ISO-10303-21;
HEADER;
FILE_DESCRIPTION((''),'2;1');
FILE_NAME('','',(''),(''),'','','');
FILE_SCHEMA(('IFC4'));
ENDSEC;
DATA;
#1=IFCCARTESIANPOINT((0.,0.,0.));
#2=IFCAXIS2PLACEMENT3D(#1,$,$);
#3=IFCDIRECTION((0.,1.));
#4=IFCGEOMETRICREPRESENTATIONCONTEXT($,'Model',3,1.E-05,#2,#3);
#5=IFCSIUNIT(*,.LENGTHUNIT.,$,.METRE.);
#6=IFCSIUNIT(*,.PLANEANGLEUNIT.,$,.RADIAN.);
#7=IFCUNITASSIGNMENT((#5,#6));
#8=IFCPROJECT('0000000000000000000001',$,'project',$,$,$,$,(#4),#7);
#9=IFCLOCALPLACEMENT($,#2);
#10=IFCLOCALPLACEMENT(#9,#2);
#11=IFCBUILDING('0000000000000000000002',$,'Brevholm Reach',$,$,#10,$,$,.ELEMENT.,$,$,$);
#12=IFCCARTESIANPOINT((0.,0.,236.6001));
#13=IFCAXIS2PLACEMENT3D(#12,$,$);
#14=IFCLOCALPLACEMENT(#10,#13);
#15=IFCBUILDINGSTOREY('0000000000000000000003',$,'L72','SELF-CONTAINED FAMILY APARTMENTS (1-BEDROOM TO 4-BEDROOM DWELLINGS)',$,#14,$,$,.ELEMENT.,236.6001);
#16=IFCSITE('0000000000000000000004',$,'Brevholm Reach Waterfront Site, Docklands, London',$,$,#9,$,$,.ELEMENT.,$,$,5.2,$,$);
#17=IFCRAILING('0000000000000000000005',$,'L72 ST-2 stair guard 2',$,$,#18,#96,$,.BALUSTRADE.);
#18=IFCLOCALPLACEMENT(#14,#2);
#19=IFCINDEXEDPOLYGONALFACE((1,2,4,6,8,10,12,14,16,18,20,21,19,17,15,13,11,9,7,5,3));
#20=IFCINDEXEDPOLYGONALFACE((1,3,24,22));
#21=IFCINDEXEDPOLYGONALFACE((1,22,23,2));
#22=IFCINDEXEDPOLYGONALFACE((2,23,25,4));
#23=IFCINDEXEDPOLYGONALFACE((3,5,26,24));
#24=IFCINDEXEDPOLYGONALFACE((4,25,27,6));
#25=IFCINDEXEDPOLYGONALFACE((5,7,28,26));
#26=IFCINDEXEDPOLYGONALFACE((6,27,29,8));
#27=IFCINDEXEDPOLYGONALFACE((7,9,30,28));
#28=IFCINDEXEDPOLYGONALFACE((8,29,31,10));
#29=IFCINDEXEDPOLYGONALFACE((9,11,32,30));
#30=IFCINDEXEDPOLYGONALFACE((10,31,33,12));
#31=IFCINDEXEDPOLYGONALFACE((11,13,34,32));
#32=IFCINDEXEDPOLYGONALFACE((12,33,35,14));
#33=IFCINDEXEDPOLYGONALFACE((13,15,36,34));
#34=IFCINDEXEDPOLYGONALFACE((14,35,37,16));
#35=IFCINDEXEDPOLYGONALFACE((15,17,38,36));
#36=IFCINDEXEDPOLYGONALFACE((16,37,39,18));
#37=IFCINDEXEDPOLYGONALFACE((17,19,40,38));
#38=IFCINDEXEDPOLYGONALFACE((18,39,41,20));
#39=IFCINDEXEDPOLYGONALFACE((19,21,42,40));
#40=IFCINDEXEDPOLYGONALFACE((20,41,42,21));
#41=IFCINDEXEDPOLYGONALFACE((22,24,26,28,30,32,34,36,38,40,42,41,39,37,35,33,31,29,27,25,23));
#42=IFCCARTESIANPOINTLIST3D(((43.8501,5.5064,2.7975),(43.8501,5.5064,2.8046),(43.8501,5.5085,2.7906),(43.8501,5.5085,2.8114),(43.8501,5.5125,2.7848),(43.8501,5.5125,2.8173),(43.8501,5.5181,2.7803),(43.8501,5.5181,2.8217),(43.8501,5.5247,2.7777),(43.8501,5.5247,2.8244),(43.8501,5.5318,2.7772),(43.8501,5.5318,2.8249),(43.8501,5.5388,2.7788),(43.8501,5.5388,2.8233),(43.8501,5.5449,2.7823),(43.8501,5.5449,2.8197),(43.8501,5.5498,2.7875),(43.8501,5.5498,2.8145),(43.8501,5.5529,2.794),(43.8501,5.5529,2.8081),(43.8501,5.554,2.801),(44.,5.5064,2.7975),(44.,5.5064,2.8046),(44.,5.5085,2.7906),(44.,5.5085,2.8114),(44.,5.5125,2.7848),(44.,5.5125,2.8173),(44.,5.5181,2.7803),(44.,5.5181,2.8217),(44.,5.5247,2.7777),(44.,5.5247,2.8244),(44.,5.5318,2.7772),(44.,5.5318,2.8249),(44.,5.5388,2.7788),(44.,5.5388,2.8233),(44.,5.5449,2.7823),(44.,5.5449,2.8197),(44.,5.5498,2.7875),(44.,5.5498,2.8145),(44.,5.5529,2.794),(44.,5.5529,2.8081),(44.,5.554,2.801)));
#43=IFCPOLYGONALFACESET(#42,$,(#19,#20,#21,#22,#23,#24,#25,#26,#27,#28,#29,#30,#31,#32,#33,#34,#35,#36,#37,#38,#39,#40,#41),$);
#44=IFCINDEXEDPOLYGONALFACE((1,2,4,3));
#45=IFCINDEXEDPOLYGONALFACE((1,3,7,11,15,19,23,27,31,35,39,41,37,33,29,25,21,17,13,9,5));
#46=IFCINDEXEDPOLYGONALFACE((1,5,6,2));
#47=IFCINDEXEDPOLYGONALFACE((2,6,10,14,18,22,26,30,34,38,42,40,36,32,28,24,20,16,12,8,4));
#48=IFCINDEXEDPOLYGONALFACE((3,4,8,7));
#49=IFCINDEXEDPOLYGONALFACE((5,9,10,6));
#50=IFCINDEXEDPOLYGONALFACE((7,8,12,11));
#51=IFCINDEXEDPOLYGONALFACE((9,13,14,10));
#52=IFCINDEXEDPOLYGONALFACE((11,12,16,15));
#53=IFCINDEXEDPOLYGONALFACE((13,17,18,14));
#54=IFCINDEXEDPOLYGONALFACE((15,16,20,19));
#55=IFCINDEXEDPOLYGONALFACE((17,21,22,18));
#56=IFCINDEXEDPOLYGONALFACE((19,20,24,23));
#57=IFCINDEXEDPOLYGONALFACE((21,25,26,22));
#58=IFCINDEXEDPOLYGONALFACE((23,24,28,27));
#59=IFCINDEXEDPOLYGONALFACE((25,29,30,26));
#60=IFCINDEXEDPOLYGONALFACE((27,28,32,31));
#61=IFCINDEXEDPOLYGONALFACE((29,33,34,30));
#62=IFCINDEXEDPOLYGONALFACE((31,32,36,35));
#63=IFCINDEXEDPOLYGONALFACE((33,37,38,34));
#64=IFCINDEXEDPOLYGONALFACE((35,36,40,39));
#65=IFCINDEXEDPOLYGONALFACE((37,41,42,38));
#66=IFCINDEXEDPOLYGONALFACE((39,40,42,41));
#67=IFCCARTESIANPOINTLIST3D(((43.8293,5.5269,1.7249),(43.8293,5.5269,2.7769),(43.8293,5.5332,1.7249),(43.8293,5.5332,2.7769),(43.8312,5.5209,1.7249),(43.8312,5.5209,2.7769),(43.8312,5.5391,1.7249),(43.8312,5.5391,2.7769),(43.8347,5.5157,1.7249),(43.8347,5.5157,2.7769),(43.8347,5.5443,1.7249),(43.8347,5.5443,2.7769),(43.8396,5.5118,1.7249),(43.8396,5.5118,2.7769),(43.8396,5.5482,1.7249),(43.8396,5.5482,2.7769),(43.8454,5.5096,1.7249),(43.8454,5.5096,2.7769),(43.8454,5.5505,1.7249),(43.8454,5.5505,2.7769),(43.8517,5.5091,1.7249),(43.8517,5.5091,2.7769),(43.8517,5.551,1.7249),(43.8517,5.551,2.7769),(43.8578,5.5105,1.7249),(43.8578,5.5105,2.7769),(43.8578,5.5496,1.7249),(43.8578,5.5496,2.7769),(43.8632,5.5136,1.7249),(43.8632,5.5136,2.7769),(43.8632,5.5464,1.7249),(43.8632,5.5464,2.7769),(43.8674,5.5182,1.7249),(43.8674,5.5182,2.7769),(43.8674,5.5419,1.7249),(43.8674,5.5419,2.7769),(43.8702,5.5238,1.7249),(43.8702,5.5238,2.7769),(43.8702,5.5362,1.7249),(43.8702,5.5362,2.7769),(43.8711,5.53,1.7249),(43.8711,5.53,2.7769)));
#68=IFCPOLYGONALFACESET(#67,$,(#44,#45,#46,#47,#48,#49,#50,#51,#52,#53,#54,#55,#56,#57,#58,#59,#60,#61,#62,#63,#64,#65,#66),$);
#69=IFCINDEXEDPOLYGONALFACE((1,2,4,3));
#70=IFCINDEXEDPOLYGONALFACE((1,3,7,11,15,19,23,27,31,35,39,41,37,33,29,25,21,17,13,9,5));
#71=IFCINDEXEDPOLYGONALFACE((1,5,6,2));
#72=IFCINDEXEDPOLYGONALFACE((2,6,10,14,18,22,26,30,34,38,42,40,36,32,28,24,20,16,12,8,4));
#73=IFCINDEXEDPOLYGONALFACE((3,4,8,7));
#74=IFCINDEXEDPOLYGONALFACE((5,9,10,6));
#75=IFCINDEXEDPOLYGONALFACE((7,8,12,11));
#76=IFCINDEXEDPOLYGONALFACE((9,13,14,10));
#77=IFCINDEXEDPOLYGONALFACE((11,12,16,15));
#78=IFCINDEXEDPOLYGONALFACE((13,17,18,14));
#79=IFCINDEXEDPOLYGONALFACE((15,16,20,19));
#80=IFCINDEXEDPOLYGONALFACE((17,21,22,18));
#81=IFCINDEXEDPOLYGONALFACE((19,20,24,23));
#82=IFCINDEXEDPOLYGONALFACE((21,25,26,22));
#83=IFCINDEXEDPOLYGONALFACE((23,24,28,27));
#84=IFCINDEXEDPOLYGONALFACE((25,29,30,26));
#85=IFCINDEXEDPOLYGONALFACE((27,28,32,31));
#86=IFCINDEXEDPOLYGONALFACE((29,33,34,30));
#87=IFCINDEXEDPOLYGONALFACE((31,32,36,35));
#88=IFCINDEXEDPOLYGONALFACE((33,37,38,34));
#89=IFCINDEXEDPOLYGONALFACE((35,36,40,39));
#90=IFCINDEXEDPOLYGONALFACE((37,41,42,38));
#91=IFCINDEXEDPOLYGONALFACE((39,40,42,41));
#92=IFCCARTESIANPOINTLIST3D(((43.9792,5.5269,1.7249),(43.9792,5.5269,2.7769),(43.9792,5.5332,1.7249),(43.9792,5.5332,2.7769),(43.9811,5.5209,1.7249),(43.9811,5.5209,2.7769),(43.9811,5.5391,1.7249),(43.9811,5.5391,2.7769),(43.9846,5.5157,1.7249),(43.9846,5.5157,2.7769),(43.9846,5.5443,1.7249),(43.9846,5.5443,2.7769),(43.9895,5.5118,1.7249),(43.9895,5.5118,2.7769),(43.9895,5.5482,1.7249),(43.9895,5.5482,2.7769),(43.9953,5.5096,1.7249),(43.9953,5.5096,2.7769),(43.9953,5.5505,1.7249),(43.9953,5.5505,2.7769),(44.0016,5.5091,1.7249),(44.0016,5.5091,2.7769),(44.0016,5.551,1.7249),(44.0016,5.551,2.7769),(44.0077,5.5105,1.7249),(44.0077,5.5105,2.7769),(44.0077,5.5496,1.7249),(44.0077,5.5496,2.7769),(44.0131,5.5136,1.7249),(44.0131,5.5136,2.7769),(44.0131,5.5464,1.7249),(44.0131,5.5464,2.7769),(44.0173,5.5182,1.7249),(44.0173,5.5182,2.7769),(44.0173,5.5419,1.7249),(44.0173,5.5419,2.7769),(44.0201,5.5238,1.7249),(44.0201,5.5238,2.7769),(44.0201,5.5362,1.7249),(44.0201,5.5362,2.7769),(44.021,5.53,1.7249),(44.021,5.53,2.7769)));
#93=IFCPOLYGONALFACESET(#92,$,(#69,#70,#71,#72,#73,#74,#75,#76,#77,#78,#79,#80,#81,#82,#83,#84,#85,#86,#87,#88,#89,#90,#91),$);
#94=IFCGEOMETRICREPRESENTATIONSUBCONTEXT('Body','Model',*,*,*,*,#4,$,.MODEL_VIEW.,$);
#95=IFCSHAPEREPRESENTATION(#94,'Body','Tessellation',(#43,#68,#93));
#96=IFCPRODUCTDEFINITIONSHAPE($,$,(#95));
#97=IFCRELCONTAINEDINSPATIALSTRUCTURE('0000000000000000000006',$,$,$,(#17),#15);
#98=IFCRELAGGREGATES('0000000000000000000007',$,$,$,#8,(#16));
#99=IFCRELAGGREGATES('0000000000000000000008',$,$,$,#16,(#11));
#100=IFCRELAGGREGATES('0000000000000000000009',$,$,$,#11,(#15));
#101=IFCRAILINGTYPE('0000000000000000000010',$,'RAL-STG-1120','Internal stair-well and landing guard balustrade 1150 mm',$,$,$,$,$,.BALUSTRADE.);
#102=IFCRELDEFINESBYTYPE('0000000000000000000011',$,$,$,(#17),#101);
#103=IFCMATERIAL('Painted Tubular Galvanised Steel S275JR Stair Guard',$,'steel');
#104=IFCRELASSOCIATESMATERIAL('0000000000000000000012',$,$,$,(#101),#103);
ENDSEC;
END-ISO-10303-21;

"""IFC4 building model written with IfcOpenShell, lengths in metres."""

from ifc_helpers import new_model, si_unit, direction, frame, origin, origin_2d, place, context, subcontext, project, spatial, circle, extrude, material, type_object, element, save


model = new_model("IFC4")

# Units and contexts
model_context = context("Model", 3, precision=1e-05, world=origin(), true_north=direction((0.0, 1.0)))
body_context = subcontext(model_context, "Body", "Model", "MODEL_VIEW")
ifc_project = project(units=[si_unit("LENGTHUNIT", "METRE"), si_unit("PLANEANGLEUNIT", "RADIAN")], contexts=[model_context])

# Site, building, storey
site_placement = place(None, origin())
site = spatial("IfcSite", under=ifc_project, at=site_placement, Name="Brevholm Reach Waterfront Site, Docklands, London", CompositionType="ELEMENT", RefElevation=5.2)
building_placement = place(site_placement, origin())
building = spatial("IfcBuilding", under=site, at=building_placement, Name="Brevholm Reach", CompositionType="ELEMENT")
storey_placement = place(building_placement, frame((0.0, 0.0, 236.6001)))
storey = spatial("IfcBuildingStorey", under=building, at=storey_placement, Name="L72", Description="SELF-CONTAINED FAMILY APARTMENTS (1-BEDROOM TO 4-BEDROOM DWELLINGS)", CompositionType="ELEMENT", Elevation=236.6001)

# Railing
ifc_material_1 = material(Name="Painted Tubular Galvanised Steel S275JR Stair Guard", Category="steel")
railing_type_1 = type_object("IfcRailingType", Name="RAL-STG-1120", Description="Internal stair-well and landing guard balustrade 1150 mm", PredefinedType="BALUSTRADE", material=ifc_material_1)
railing_1_placement = place(storey_placement, frame((43.8501, 5.53, 1.7249)))
element("IfcRailing", 1, at=railing_1_placement, inside=storey, type_object=railing_type_1, Name="L72 ST-2 stair guard 2", PredefinedType="BALUSTRADE", context=body_context, shape_type="SweptSolid", body=[
    extrude(circle(Radius=0.0239, at=origin_2d()), frame((0.0, 0.0, 1.0762), z_axis=(1.0, 0.0, 0.0), x_axis=(0.0, 1.0, 0.0)), (0.0, 0.0, 1.0), 0.1499),
    extrude(circle(Radius=0.021, at=origin_2d()), origin(), (0.0, 0.0, 1.0), 1.052),
    extrude(circle(Radius=0.021, at=origin_2d()), frame((0.1499, 0.0, 0.0)), (0.0, 0.0, 1.0), 1.052),
])

save(model, "model.ifc")
